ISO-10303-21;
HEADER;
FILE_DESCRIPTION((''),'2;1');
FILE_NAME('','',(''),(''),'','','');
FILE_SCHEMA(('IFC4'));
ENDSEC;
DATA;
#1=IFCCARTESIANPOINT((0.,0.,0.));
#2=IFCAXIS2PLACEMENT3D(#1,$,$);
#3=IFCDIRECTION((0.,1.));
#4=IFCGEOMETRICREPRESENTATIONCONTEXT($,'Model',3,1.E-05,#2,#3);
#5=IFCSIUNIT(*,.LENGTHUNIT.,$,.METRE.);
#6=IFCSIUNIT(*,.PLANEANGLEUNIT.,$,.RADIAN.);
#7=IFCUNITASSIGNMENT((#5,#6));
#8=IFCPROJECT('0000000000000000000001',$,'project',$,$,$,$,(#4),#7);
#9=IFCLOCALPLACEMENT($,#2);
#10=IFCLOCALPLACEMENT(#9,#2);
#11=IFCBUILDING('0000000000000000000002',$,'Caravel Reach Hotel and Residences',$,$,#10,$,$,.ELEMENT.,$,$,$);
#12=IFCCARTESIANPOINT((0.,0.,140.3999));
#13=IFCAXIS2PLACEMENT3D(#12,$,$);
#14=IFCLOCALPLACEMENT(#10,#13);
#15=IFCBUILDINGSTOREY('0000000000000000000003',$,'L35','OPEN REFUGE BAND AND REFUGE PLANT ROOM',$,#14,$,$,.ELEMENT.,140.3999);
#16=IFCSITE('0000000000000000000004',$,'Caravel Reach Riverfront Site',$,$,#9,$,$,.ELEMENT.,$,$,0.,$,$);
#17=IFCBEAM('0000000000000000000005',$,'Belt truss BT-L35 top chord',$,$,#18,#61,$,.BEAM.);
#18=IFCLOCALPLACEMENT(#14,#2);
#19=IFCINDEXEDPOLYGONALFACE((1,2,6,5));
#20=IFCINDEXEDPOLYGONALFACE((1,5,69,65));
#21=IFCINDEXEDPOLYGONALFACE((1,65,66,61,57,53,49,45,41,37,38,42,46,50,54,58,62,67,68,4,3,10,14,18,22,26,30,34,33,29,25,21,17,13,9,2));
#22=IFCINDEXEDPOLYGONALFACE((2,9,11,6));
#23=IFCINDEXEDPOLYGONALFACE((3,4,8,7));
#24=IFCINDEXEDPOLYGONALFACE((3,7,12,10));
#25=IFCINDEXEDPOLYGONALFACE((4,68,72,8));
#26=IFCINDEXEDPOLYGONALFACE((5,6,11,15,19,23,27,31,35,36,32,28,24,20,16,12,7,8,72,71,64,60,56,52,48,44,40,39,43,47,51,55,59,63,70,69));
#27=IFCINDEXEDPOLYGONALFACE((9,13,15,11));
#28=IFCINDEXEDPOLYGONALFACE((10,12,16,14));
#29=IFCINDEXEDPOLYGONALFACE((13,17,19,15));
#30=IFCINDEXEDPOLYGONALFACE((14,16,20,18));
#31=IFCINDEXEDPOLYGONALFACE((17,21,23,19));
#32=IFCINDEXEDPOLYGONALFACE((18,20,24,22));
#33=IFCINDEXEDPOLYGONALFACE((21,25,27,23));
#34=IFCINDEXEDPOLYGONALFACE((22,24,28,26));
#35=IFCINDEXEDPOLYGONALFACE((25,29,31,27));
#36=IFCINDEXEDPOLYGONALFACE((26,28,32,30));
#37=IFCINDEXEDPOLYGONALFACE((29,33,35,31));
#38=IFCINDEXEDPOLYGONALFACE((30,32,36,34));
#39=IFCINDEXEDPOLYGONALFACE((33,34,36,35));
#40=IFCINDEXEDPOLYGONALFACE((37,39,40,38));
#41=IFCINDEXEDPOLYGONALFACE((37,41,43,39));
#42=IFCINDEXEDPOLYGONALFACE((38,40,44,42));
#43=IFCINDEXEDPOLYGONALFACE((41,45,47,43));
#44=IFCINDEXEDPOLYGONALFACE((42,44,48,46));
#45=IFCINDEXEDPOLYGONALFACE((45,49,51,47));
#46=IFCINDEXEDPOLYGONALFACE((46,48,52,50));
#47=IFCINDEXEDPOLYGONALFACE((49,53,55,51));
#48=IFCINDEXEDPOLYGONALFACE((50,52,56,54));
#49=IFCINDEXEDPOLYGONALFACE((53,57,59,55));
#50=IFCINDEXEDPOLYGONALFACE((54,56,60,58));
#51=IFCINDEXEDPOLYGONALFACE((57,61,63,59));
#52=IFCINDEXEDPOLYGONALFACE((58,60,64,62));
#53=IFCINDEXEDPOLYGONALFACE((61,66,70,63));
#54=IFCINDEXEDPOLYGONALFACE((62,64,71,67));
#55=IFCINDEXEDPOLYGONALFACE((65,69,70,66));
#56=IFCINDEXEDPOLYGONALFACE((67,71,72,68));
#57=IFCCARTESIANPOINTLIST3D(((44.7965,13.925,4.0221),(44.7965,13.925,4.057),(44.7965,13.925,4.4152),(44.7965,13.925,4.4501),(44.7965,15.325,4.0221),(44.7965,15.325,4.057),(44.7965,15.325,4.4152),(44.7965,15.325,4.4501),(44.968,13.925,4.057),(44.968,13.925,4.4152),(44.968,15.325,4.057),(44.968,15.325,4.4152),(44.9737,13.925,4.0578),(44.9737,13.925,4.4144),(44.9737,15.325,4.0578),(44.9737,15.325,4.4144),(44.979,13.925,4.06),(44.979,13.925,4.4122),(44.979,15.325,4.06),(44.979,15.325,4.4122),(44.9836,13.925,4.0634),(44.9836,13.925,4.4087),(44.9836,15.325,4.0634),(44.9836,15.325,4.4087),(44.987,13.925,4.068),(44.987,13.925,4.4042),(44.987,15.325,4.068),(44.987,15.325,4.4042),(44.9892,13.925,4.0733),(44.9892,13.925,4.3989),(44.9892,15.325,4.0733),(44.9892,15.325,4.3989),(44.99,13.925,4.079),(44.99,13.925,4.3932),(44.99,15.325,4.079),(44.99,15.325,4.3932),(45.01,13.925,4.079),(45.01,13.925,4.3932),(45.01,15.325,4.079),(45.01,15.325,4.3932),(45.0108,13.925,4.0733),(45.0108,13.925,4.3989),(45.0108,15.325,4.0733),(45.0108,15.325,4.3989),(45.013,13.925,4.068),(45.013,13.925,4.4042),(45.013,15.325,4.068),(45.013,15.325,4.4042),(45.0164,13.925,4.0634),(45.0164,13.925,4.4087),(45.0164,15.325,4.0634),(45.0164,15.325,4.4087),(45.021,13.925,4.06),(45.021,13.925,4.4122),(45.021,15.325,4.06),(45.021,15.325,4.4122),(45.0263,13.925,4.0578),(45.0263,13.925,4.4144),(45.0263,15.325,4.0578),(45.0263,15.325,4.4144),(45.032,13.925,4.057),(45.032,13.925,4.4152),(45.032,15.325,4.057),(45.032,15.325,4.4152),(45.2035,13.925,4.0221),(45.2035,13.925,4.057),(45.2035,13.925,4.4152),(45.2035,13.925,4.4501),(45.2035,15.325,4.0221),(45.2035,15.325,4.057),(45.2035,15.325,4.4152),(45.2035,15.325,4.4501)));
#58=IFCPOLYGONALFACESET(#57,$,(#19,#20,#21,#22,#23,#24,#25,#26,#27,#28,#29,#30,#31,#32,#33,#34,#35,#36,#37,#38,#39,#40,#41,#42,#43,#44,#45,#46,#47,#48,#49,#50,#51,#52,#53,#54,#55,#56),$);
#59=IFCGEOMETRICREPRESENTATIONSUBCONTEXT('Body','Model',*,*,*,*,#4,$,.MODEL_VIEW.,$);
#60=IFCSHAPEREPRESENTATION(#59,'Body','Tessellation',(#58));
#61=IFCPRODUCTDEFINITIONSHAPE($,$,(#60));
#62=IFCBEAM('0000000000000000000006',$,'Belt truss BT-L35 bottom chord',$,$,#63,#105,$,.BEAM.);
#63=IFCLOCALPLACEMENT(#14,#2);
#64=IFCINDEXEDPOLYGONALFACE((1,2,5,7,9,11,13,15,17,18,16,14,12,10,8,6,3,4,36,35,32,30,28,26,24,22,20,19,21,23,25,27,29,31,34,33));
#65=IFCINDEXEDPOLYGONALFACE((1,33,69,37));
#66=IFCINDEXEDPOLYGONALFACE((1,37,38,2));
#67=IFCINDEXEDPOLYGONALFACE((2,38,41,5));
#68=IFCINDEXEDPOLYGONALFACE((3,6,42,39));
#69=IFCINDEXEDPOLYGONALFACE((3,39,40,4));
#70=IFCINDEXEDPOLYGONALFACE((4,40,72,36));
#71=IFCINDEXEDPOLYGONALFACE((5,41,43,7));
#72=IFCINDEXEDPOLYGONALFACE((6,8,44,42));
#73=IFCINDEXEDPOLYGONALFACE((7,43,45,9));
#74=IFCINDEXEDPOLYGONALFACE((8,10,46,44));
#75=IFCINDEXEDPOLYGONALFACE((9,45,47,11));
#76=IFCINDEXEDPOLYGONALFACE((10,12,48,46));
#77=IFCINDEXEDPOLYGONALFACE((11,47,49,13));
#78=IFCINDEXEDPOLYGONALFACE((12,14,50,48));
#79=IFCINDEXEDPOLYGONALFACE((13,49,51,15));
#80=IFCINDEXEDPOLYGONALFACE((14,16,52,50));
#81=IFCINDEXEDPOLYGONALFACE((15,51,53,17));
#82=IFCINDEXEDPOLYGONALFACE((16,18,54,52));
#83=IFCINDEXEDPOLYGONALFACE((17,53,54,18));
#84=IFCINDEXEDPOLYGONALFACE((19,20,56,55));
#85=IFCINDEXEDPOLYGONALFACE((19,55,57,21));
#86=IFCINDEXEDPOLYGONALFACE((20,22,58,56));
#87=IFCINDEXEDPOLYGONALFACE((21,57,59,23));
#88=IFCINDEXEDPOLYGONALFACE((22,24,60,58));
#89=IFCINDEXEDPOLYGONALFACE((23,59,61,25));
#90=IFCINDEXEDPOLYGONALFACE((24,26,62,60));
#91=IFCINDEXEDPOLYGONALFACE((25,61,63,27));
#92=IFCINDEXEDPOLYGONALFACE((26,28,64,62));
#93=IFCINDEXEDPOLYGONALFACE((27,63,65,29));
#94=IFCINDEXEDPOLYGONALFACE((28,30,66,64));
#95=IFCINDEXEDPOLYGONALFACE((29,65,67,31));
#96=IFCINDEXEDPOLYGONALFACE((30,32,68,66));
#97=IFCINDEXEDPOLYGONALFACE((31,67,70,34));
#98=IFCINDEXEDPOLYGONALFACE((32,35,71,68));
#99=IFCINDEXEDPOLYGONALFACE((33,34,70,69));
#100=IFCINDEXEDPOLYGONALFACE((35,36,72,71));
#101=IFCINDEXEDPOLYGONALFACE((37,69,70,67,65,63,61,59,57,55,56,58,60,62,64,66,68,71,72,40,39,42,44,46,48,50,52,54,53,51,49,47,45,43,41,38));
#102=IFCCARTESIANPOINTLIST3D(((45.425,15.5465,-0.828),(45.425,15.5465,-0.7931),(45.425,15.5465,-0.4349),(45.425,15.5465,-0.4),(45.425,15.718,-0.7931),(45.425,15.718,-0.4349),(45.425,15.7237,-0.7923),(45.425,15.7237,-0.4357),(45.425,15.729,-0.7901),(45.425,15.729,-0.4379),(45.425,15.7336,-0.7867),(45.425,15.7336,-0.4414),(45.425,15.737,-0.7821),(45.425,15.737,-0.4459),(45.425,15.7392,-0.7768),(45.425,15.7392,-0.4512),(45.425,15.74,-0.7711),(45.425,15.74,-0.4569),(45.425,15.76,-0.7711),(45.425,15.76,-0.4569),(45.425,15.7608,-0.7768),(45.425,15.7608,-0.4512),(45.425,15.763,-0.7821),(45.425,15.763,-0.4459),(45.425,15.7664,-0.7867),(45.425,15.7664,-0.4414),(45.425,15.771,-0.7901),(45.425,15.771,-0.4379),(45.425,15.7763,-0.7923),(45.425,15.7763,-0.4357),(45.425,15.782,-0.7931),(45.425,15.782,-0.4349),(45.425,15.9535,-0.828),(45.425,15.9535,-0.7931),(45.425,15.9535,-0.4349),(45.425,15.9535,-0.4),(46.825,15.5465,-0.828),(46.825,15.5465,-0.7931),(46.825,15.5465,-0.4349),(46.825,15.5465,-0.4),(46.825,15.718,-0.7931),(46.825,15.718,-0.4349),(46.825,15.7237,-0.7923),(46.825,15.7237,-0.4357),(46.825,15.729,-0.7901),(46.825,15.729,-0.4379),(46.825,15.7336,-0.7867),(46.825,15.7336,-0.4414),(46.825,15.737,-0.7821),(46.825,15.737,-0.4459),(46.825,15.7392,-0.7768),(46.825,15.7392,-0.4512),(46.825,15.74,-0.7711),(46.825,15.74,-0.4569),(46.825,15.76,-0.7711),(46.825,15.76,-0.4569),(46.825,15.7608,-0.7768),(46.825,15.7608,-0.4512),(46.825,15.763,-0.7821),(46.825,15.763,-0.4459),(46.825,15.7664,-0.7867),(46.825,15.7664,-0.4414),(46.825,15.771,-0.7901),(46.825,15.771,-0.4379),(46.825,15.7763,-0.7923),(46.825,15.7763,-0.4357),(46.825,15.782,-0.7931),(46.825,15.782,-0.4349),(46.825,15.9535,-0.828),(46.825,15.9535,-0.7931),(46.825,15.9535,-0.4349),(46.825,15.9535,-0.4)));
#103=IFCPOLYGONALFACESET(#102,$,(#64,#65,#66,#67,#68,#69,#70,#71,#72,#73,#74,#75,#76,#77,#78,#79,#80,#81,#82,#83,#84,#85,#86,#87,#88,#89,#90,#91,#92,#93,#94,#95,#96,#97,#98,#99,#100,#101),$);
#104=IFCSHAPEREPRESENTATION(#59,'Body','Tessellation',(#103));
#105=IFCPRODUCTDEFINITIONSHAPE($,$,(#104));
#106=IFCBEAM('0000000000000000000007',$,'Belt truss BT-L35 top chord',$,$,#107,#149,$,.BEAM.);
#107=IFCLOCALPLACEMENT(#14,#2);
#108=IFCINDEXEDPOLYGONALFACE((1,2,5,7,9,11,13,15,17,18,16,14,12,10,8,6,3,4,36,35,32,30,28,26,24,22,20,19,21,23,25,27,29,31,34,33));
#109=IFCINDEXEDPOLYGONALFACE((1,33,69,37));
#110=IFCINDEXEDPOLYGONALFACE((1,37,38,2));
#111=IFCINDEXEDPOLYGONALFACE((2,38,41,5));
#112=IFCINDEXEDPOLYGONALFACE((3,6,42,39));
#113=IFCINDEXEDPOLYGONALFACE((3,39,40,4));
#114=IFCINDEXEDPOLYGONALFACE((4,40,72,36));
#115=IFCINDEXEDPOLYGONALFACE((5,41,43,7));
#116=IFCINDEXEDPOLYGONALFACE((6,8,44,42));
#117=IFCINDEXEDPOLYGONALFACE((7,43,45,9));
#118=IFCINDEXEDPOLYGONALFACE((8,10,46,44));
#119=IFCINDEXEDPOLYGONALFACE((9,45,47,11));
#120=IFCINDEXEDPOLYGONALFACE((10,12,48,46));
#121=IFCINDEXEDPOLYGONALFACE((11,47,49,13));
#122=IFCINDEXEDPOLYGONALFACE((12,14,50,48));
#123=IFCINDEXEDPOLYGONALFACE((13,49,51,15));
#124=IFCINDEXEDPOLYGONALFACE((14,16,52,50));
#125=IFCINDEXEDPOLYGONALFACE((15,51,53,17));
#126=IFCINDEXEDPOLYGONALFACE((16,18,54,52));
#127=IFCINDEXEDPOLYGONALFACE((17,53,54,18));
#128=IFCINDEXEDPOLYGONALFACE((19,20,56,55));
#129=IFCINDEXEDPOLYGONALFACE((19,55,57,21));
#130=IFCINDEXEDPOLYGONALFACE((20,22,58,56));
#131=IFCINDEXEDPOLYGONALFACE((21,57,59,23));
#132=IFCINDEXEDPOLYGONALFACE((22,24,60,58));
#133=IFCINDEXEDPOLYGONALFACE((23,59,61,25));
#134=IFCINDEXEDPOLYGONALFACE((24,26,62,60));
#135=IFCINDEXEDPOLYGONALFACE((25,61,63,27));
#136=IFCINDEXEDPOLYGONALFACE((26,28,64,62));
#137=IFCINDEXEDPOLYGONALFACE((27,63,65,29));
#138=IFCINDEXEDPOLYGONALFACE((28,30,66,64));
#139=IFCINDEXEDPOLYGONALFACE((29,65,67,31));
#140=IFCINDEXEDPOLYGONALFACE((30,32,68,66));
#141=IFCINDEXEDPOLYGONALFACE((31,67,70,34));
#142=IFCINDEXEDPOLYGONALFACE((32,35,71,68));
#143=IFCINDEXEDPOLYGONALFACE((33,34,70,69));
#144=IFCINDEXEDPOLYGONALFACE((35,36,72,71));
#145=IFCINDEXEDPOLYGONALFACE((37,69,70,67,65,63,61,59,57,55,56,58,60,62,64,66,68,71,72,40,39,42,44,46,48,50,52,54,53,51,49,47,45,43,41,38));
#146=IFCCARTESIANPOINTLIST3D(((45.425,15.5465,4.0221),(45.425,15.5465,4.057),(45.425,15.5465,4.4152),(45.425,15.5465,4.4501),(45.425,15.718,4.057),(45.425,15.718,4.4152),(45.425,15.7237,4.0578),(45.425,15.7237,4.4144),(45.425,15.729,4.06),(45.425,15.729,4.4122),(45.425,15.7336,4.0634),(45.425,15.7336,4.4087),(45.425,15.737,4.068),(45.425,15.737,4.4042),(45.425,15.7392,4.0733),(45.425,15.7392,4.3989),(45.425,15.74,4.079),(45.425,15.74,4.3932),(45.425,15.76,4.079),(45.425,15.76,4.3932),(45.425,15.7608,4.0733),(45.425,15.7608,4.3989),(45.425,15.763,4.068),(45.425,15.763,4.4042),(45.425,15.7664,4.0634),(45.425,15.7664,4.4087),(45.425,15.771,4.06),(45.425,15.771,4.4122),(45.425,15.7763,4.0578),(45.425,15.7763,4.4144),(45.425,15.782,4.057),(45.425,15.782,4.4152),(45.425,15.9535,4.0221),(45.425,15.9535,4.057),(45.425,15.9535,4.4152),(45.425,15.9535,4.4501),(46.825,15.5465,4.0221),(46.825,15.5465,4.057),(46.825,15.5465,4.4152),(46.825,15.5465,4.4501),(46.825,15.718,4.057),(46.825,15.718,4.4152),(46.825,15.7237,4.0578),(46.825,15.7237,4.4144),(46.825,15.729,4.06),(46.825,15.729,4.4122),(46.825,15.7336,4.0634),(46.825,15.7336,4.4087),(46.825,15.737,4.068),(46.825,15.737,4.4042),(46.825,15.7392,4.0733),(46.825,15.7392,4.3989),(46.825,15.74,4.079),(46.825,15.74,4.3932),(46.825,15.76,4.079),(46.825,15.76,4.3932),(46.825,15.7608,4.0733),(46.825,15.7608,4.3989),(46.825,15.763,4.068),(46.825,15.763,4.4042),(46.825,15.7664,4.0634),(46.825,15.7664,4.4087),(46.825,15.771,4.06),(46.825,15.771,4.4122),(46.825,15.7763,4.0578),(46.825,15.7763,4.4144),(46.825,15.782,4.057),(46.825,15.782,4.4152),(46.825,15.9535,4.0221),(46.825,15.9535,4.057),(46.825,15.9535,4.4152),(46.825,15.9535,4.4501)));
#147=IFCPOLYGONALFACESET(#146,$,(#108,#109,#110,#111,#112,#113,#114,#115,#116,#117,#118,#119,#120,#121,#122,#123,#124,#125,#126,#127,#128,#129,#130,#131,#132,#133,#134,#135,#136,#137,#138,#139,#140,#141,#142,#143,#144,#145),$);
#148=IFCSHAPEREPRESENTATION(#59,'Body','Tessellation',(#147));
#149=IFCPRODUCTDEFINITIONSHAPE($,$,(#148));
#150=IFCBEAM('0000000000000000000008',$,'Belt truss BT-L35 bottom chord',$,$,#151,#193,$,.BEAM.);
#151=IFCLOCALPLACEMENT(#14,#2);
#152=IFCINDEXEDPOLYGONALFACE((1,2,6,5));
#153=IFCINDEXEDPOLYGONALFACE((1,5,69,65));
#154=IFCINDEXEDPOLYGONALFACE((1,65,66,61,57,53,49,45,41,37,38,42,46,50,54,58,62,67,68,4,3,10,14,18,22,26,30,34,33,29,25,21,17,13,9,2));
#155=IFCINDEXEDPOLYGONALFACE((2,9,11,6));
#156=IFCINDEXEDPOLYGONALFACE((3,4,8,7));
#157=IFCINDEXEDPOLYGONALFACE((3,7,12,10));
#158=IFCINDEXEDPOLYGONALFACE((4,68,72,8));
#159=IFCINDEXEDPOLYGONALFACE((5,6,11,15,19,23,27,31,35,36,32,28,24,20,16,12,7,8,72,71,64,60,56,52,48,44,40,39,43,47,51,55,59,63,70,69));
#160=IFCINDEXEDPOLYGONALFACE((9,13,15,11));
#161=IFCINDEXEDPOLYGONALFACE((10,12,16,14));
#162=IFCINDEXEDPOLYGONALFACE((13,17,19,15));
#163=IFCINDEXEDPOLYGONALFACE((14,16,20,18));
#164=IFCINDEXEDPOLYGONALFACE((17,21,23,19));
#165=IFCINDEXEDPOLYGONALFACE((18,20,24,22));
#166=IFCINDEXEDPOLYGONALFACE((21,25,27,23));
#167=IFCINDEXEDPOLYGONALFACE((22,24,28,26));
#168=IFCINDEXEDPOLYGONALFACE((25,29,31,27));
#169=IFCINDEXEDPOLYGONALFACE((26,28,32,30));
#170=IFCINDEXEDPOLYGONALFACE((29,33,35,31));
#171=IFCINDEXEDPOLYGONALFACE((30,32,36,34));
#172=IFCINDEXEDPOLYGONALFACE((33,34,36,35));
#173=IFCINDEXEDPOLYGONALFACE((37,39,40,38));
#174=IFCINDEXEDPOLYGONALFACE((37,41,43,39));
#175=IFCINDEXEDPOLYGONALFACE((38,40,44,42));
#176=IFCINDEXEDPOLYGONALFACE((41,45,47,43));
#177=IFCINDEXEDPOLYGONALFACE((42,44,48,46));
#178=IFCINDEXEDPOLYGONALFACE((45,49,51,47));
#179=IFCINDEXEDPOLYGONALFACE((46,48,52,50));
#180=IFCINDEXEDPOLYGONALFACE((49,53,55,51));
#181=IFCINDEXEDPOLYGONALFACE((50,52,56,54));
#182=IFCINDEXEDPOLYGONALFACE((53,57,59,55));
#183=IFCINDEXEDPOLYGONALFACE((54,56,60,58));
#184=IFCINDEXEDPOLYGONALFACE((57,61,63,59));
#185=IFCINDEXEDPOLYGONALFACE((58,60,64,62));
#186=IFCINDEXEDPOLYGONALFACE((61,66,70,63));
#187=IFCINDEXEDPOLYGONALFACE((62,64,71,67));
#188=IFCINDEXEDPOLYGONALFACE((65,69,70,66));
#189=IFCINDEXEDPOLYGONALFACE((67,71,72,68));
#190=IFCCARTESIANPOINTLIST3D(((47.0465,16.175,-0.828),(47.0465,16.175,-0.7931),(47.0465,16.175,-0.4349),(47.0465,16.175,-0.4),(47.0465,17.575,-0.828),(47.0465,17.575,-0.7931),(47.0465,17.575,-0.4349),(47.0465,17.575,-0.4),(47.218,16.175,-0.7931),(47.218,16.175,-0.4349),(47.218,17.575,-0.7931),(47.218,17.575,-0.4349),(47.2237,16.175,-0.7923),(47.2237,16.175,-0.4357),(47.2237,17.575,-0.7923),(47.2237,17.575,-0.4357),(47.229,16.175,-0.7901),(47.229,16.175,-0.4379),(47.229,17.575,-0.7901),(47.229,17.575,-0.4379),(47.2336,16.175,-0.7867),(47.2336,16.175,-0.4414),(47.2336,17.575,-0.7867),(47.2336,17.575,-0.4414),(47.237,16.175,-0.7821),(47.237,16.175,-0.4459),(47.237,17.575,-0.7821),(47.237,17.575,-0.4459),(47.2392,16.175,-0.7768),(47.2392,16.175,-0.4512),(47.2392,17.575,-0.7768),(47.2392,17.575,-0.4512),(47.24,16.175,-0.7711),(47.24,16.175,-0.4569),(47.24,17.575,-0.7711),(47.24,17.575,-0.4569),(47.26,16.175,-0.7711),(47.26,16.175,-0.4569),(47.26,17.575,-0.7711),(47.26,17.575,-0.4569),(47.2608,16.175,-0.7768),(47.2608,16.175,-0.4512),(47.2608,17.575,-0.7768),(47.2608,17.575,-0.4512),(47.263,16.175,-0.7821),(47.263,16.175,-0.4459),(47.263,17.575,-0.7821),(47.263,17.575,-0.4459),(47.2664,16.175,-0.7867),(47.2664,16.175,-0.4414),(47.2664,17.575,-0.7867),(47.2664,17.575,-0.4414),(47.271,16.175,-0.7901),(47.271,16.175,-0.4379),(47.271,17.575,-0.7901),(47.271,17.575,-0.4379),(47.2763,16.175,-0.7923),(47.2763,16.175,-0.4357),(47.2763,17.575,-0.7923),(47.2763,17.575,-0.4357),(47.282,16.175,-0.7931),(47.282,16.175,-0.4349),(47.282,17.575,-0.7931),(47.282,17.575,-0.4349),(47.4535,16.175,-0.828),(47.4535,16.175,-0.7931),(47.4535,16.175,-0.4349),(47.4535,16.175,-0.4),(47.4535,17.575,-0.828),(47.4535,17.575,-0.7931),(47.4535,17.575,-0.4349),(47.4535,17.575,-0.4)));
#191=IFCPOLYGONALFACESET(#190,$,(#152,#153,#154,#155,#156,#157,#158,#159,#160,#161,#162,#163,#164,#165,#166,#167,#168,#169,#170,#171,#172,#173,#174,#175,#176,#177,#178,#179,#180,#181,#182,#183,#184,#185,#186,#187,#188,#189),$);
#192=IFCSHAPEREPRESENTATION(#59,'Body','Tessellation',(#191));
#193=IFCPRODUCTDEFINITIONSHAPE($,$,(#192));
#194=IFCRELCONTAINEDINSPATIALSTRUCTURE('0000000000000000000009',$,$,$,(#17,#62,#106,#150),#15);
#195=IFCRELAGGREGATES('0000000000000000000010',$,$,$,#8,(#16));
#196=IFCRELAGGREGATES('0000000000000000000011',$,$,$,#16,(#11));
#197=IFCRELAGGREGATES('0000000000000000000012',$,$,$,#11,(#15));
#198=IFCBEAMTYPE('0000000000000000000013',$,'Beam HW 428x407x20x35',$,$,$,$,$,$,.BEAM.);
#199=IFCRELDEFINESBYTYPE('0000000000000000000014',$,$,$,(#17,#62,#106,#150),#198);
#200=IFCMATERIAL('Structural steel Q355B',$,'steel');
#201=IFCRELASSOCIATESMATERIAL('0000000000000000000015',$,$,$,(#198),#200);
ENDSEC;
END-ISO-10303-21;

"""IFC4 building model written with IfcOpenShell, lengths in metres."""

from ifc_helpers import new_model, si_unit, direction, frame, origin, origin_2d, place, context, subcontext, project, spatial, i_section, extrude, material, material_profile, profile_set, type_object, element, save


model = new_model("IFC4")

# Units and contexts
model_context = context("Model", 3, precision=1e-05, world=origin(), true_north=direction((0.0, 1.0)))
body_context = subcontext(model_context, "Body", "Model", "MODEL_VIEW")
ifc_project = project(units=[si_unit("LENGTHUNIT", "METRE"), si_unit("PLANEANGLEUNIT", "RADIAN")], contexts=[model_context])

# Site, building, storey
site_placement = place(None, origin())
site = spatial("IfcSite", under=ifc_project, at=site_placement, Name="Caravel Reach Riverfront Site", CompositionType="ELEMENT", RefElevation=0.0)
building_placement = place(site_placement, origin())
building = spatial("IfcBuilding", under=site, at=building_placement, Name="Caravel Reach Hotel and Residences", CompositionType="ELEMENT")
storey_placement = place(building_placement, frame((0.0, 0.0, 140.3999)))
storey = spatial("IfcBuildingStorey", under=building, at=storey_placement, Name="L35", Description="OPEN REFUGE BAND AND REFUGE PLANT ROOM", CompositionType="ELEMENT", Elevation=140.3999)

# Beams
ifc_material_1 = material(Name="Structural steel Q355B", Category="steel")
ifc_material_profile_1 = material_profile(ifc_material_1, i_section(OverallWidth=0.407, OverallDepth=0.428, WebThickness=0.02, FlangeThickness=0.0349, FilletRadius=0.022, at=origin_2d()), Name="HW 428x407x20x35")
ifc_profile_set_1 = profile_set([ifc_material_profile_1], Name="Structural steel Q355B")
beam_type_1 = type_object("IfcBeamType", Name="Beam HW 428x407x20x35", PredefinedType="BEAM", material=ifc_profile_set_1)
for number, where, z_axis, x_axis, name in (
    (1, (45.0, 13.925, 4.2361), (0.0, 1.0, 0.0), (-1.0, 0.0, 0.0), "Belt truss BT-L35 top chord"),
    (2, (45.425, 15.75, -0.614), (1.0, 0.0, 0.0), (0.0, 1.0, 0.0), "Belt truss BT-L35 bottom chord"),
    (3, (45.425, 15.75, 4.2361), (1.0, 0.0, 0.0), (0.0, 1.0, 0.0), "Belt truss BT-L35 top chord"),
    (4, (47.25, 16.175, -0.614), (0.0, 1.0, 0.0), (-1.0, 0.0, 0.0), "Belt truss BT-L35 bottom chord"),
):
    element("IfcBeam", number, at=place(storey_placement, frame(where, z_axis=z_axis, x_axis=x_axis)), inside=storey, type_object=beam_type_1, Name=name, PredefinedType="BEAM", context=body_context, shape_type="SweptSolid", body=[
        extrude(i_section(OverallWidth=0.407, OverallDepth=0.428, WebThickness=0.02, FlangeThickness=0.0349, FilletRadius=0.022, at=origin_2d()), origin(), (0.0, 0.0, 1.0), 1.3999),
    ])

save(model, "model.ifc")
